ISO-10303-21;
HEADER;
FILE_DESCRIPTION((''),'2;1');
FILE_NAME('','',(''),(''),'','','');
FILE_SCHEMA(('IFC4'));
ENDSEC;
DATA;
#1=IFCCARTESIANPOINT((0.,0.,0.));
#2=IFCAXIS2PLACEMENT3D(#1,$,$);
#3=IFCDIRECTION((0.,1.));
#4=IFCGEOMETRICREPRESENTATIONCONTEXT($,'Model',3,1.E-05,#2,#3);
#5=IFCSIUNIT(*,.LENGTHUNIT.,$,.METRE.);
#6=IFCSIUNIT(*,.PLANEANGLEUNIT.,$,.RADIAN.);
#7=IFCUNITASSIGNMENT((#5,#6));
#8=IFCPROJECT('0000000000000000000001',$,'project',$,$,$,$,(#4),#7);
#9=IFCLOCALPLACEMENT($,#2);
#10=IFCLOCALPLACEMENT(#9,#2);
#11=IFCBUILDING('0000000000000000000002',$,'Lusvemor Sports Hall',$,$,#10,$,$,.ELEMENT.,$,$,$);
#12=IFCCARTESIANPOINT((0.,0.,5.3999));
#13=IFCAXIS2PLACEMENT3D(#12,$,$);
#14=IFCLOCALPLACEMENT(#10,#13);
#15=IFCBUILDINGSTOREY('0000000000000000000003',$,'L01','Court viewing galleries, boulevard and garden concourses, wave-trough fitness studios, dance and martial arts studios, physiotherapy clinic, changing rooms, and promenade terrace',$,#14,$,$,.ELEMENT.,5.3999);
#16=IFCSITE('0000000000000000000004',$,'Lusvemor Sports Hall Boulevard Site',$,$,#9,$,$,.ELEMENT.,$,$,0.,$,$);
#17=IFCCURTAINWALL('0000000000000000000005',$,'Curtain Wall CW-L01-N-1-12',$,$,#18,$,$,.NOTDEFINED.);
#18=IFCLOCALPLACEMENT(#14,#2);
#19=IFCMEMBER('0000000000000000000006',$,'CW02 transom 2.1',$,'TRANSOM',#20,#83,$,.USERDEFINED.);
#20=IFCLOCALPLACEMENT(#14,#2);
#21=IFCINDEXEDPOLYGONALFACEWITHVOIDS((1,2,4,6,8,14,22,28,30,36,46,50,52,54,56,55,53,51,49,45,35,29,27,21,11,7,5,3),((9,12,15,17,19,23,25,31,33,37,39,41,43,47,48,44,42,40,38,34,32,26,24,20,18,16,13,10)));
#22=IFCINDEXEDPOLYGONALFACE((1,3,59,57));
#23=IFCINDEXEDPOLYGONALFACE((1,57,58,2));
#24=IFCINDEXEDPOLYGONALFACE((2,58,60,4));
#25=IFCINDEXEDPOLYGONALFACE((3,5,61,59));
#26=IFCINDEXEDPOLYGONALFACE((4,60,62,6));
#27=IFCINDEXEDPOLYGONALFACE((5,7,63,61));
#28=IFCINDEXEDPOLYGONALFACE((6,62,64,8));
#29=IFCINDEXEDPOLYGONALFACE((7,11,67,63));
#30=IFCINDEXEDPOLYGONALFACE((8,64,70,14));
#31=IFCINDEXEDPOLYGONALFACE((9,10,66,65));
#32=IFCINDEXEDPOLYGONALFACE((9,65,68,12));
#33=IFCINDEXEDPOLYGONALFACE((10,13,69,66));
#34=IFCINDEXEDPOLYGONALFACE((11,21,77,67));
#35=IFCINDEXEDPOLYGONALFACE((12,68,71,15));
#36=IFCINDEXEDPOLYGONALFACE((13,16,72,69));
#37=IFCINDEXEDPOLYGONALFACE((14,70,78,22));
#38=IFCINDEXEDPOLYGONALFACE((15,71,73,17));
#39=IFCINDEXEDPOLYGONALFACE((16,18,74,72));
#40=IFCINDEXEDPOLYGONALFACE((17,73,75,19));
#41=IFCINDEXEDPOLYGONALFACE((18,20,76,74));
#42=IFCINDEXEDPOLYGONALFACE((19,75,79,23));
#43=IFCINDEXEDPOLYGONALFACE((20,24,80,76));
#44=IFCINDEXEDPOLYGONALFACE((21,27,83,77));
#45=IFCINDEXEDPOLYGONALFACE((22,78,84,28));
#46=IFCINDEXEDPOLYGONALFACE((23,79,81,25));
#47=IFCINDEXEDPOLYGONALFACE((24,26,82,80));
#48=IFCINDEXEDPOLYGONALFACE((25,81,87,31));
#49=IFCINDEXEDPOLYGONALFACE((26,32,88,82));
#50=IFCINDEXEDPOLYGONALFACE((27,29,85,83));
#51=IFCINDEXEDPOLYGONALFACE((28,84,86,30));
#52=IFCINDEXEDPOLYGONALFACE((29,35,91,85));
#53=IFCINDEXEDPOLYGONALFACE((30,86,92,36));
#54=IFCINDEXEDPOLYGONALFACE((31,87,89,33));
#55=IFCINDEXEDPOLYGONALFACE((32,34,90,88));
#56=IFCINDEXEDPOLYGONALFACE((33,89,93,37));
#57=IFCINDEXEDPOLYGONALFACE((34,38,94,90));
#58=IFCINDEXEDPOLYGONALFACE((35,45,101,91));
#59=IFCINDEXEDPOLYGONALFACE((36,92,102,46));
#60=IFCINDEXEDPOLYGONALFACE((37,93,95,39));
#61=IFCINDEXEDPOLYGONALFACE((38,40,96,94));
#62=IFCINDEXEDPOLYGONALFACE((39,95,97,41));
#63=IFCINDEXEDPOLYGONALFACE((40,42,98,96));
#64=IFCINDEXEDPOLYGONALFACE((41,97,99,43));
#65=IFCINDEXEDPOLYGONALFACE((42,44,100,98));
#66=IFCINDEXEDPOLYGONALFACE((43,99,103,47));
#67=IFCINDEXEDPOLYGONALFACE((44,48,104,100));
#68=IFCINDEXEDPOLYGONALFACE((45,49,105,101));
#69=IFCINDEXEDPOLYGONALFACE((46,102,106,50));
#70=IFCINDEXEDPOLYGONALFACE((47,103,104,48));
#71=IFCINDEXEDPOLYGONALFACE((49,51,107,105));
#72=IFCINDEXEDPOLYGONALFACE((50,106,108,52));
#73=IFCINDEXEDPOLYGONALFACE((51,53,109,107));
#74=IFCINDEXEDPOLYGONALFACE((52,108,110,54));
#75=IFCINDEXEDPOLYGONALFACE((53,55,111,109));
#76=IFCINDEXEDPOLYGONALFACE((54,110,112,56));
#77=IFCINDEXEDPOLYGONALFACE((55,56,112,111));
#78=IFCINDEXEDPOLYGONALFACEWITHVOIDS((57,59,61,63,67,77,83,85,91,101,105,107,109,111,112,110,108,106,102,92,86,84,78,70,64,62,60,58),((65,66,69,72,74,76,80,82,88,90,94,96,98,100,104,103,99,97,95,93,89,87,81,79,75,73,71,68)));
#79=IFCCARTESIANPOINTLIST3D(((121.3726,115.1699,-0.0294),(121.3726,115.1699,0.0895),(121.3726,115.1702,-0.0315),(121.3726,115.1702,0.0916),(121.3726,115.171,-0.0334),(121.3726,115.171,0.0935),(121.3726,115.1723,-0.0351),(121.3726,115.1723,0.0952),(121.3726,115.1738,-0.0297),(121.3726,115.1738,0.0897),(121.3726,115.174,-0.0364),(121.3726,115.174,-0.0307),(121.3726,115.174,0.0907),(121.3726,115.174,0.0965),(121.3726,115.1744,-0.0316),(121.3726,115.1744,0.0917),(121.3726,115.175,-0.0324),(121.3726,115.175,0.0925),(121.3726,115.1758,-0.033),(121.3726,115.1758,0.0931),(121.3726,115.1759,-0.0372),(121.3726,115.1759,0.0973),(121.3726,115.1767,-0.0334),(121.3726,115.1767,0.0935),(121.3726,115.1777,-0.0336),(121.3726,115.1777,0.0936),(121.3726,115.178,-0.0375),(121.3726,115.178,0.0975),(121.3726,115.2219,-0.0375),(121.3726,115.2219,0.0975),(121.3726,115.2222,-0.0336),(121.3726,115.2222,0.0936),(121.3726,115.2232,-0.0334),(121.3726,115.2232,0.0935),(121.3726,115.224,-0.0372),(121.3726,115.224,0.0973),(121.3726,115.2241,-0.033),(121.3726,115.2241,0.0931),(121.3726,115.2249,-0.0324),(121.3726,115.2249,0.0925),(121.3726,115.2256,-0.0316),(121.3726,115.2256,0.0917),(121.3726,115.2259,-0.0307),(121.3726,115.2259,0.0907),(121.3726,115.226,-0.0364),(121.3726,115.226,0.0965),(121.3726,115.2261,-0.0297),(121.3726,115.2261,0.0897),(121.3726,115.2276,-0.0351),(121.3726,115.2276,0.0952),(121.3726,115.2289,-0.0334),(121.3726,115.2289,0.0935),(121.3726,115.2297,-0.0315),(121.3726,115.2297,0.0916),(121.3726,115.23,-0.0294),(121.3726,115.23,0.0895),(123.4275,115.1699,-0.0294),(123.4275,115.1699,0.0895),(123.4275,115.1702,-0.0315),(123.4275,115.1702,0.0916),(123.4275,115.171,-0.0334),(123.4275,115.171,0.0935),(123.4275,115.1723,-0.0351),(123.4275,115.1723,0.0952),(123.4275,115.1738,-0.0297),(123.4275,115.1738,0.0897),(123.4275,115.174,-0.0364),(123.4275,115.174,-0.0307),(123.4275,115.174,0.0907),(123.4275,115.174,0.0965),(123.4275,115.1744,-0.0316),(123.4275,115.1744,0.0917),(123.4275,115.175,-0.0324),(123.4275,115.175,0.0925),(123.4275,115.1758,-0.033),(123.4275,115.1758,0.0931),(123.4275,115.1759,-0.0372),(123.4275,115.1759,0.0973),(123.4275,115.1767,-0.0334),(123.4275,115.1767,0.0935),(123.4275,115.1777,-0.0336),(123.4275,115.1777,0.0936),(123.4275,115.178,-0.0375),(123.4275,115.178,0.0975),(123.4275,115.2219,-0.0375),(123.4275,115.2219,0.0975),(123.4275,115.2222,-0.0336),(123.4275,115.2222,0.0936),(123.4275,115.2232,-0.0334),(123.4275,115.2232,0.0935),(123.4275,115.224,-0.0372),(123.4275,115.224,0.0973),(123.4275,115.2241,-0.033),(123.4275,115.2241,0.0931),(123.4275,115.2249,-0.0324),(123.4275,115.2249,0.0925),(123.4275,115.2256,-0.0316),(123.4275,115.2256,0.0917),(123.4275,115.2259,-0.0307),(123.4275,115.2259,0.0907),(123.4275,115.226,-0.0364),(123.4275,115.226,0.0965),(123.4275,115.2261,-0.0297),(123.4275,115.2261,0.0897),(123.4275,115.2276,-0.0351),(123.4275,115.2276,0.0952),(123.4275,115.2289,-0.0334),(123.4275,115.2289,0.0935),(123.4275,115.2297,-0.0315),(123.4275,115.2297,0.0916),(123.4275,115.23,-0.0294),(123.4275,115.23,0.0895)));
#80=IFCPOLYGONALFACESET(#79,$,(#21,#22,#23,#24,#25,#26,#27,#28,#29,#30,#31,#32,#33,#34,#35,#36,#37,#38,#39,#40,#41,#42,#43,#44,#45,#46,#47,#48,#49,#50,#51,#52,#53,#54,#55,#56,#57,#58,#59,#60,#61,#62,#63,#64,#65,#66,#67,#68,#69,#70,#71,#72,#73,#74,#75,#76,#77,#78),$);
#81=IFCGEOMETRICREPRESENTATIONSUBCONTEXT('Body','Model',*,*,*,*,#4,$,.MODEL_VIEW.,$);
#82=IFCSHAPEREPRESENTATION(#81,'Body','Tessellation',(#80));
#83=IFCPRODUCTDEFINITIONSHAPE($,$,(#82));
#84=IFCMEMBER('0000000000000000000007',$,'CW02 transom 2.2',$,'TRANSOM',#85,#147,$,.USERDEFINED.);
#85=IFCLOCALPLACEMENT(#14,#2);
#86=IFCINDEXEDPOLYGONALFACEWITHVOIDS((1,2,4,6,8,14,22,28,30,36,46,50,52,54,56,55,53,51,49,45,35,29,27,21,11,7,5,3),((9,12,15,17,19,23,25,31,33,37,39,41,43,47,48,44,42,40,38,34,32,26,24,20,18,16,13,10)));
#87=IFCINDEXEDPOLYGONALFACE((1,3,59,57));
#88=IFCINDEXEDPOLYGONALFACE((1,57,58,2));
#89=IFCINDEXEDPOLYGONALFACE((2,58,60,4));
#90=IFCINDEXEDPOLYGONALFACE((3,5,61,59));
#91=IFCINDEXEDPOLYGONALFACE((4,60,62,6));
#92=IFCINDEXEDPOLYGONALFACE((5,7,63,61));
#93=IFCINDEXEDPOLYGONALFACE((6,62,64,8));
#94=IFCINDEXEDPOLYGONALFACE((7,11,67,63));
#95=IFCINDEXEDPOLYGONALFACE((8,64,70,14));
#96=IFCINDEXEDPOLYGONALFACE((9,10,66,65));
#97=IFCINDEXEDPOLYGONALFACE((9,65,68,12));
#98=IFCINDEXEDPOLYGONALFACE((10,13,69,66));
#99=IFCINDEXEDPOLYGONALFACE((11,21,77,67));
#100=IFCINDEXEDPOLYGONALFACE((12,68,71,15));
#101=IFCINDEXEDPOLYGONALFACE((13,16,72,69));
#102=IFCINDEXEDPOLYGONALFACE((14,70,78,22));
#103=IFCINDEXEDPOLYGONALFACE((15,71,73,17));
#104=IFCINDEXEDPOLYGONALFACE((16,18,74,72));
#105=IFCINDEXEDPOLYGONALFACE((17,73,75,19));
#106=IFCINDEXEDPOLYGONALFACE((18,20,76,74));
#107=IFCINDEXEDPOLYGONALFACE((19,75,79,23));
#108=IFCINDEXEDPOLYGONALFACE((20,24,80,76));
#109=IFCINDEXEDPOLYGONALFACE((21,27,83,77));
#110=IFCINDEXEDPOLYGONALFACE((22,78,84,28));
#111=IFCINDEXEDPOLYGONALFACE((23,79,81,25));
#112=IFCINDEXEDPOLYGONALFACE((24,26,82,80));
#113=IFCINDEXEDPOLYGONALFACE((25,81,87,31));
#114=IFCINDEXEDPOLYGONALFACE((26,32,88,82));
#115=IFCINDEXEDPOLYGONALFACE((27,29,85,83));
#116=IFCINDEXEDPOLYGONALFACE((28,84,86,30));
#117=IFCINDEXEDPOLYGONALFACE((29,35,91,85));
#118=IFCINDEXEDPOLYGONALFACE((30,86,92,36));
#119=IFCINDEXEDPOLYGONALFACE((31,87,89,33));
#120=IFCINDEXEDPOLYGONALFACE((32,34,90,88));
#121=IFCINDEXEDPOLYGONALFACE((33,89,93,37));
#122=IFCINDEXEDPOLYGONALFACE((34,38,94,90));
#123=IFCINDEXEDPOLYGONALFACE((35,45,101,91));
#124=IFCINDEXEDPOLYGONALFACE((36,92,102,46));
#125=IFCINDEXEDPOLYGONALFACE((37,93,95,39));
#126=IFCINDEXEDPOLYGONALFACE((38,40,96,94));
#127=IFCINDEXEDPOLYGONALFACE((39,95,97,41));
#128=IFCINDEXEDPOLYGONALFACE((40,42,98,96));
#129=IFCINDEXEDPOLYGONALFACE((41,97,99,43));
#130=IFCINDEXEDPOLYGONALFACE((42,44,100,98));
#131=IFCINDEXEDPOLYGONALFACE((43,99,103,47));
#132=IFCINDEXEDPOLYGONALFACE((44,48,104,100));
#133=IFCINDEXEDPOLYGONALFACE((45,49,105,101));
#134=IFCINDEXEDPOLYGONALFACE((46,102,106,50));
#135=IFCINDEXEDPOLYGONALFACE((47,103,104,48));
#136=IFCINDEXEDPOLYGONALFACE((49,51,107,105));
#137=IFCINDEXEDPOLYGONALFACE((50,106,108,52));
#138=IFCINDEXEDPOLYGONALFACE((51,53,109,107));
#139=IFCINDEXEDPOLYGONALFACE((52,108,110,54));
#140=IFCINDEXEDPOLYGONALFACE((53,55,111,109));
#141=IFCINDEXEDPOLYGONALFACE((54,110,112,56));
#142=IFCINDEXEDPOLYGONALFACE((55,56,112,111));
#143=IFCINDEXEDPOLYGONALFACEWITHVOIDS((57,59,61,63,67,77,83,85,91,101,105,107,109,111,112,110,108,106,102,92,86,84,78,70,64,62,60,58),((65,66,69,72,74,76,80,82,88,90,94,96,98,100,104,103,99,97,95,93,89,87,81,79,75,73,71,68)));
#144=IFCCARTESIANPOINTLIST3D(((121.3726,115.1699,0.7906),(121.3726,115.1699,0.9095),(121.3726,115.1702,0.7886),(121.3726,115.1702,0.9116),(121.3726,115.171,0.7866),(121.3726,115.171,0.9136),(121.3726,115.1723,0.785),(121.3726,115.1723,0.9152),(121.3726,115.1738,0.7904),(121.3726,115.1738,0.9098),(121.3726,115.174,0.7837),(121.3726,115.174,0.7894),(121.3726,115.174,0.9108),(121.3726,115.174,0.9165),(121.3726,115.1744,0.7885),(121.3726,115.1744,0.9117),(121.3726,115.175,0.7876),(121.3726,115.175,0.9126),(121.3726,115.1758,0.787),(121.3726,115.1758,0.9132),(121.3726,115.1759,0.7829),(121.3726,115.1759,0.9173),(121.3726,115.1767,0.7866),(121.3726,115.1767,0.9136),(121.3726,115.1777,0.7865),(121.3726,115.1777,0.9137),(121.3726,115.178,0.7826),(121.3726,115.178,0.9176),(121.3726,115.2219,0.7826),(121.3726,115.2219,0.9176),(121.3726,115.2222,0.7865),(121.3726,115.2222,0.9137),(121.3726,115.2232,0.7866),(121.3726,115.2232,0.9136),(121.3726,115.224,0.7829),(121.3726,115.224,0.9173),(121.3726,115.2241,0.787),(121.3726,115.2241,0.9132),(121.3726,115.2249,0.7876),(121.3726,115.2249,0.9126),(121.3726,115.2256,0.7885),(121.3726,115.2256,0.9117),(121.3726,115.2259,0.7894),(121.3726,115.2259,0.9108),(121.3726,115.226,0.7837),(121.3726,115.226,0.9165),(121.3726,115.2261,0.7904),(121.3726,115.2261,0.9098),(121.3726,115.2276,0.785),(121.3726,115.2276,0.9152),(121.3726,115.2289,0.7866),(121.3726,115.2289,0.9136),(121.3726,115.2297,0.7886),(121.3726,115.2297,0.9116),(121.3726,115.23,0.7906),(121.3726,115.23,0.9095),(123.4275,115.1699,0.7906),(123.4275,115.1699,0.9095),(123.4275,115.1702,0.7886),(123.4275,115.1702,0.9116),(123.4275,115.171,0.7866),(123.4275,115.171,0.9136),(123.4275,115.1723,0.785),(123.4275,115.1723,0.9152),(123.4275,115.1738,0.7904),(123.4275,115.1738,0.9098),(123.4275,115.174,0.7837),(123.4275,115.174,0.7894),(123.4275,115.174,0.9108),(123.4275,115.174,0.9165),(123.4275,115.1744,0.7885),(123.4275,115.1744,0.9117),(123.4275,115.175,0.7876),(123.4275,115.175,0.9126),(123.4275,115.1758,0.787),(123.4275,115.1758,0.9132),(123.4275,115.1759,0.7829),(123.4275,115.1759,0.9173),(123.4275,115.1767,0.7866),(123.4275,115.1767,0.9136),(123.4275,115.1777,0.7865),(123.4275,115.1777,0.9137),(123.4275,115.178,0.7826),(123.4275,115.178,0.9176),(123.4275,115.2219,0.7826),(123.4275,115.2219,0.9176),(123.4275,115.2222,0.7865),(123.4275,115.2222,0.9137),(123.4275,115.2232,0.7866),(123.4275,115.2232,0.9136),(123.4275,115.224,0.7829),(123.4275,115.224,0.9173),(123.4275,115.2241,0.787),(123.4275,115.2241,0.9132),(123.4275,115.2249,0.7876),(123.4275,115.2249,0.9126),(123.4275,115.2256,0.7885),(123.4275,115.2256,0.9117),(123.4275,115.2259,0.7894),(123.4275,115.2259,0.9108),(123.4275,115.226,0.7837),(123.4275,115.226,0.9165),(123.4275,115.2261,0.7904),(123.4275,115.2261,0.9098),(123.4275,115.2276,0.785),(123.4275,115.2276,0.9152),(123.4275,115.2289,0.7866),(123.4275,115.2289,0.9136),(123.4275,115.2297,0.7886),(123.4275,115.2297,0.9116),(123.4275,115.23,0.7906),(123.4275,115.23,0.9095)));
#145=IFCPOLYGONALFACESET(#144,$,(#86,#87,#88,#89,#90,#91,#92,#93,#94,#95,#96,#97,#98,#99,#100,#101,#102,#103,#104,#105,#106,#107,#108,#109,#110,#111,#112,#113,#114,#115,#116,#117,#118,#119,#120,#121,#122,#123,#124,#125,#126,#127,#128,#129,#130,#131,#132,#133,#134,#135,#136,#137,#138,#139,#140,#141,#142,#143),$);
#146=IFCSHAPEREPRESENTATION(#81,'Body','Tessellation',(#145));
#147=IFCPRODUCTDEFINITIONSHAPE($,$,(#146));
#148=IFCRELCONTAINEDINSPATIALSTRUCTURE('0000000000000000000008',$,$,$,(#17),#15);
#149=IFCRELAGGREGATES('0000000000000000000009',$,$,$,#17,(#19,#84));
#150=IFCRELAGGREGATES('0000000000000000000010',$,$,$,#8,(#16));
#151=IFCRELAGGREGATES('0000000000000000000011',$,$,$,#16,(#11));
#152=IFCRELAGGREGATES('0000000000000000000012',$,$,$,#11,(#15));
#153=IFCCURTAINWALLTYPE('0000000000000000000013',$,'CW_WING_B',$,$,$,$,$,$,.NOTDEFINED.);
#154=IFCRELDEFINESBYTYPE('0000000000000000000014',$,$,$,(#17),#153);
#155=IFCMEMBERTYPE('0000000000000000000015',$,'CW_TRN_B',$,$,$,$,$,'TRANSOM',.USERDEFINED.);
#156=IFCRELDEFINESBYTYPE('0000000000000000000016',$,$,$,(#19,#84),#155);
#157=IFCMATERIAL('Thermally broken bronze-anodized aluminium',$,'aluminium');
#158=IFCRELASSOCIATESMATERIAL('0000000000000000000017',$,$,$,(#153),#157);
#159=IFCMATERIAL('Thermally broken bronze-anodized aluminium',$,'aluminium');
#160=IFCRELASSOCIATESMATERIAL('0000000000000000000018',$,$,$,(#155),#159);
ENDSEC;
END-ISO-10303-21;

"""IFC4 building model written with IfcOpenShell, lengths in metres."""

from ifc_helpers import new_model, si_unit, direction, frame, origin, origin_2d, place, context, subcontext, project, spatial, hollow_rectangle, extrude, material, material_profile, profile_set, type_object, element, aggregate, save


model = new_model("IFC4")

# Units and contexts
model_context = context("Model", 3, precision=1e-05, world=origin(), true_north=direction((0.0, 1.0)))
body_context = subcontext(model_context, "Body", "Model", "MODEL_VIEW")
ifc_project = project(units=[si_unit("LENGTHUNIT", "METRE"), si_unit("PLANEANGLEUNIT", "RADIAN")], contexts=[model_context])

# Site, building, storey
site_placement = place(None, origin())
site = spatial("IfcSite", under=ifc_project, at=site_placement, Name="Lusvemor Sports Hall Boulevard Site", CompositionType="ELEMENT", RefElevation=0.0)
building_placement = place(site_placement, origin())
building = spatial("IfcBuilding", under=site, at=building_placement, Name="Lusvemor Sports Hall", CompositionType="ELEMENT")
storey_placement = place(building_placement, frame((0.0, 0.0, 5.3999)))
storey = spatial("IfcBuildingStorey", under=building, at=storey_placement, Name="L01", Description="Court viewing galleries, boulevard and garden concourses, wave-trough fitness studios, dance and martial arts studios, physiotherapy clinic, changing rooms, and promenade terrace", CompositionType="ELEMENT", Elevation=5.3999)

# Curtain wall, members
ifc_material_1 = material(Name="Thermally broken bronze-anodized aluminium", Category="aluminium")
curtain_wall_type = type_object("IfcCurtainWallType", Name="CW_WING_B", PredefinedType="NOTDEFINED", material=ifc_material_1)
curtain_wall_placement = place(storey_placement, origin())
curtain_wall = element("IfcCurtainWall", 1, at=curtain_wall_placement, inside=storey, type_object=curtain_wall_type, Name="Curtain Wall CW-L01-N-1-12", PredefinedType="NOTDEFINED")
ifc_material_2 = material(Name="Thermally broken bronze-anodized aluminium", Category="aluminium")
ifc_material_profile_1 = material_profile(ifc_material_2, hollow_rectangle(XDim=0.0601, YDim=0.135, WallThickness=0.0039, InnerFilletRadius=0.0039, OuterFilletRadius=0.0081, at=origin_2d()), Name="CWTRN135x60x4")
ifc_profile_set_1 = profile_set([ifc_material_profile_1], Name="Thermally broken bronze-anodized aluminium")
member_type_1 = type_object("IfcMemberType", Name="CW_TRN_B", ElementType="TRANSOM", PredefinedType="USERDEFINED", material=ifc_profile_set_1)
member_1_placement = place(storey_placement, frame((121.3726, 115.2, 0.03), z_axis=(1.0, 0.0, 0.0), x_axis=(0.0, 1.0, 0.0)))
member_1 = element("IfcMember", 2, at=member_1_placement, type_object=member_type_1, Name="CW02 transom 2.1", ObjectType="TRANSOM", PredefinedType="USERDEFINED", context=body_context, shape_type="SweptSolid", body=[
    extrude(hollow_rectangle(XDim=0.0601, YDim=0.135, WallThickness=0.0039, InnerFilletRadius=0.0039, OuterFilletRadius=0.0081, at=origin_2d()), origin(), (0.0, 0.0, 1.0), 2.0549),
])
member_2_placement = place(storey_placement, frame((121.3726, 115.2, 0.8501), z_axis=(1.0, 0.0, 0.0), x_axis=(0.0, 1.0, 0.0)))
member_2 = element("IfcMember", 3, at=member_2_placement, type_object=member_type_1, Name="CW02 transom 2.2", ObjectType="TRANSOM", PredefinedType="USERDEFINED", context=body_context, shape_type="SweptSolid", body=[
    extrude(hollow_rectangle(XDim=0.0601, YDim=0.135, WallThickness=0.0039, InnerFilletRadius=0.0039, OuterFilletRadius=0.0081, at=origin_2d()), origin(), (0.0, 0.0, 1.0), 2.0549),
])

aggregate(curtain_wall, [member_1, member_2])

save(model, "model.ifc")
